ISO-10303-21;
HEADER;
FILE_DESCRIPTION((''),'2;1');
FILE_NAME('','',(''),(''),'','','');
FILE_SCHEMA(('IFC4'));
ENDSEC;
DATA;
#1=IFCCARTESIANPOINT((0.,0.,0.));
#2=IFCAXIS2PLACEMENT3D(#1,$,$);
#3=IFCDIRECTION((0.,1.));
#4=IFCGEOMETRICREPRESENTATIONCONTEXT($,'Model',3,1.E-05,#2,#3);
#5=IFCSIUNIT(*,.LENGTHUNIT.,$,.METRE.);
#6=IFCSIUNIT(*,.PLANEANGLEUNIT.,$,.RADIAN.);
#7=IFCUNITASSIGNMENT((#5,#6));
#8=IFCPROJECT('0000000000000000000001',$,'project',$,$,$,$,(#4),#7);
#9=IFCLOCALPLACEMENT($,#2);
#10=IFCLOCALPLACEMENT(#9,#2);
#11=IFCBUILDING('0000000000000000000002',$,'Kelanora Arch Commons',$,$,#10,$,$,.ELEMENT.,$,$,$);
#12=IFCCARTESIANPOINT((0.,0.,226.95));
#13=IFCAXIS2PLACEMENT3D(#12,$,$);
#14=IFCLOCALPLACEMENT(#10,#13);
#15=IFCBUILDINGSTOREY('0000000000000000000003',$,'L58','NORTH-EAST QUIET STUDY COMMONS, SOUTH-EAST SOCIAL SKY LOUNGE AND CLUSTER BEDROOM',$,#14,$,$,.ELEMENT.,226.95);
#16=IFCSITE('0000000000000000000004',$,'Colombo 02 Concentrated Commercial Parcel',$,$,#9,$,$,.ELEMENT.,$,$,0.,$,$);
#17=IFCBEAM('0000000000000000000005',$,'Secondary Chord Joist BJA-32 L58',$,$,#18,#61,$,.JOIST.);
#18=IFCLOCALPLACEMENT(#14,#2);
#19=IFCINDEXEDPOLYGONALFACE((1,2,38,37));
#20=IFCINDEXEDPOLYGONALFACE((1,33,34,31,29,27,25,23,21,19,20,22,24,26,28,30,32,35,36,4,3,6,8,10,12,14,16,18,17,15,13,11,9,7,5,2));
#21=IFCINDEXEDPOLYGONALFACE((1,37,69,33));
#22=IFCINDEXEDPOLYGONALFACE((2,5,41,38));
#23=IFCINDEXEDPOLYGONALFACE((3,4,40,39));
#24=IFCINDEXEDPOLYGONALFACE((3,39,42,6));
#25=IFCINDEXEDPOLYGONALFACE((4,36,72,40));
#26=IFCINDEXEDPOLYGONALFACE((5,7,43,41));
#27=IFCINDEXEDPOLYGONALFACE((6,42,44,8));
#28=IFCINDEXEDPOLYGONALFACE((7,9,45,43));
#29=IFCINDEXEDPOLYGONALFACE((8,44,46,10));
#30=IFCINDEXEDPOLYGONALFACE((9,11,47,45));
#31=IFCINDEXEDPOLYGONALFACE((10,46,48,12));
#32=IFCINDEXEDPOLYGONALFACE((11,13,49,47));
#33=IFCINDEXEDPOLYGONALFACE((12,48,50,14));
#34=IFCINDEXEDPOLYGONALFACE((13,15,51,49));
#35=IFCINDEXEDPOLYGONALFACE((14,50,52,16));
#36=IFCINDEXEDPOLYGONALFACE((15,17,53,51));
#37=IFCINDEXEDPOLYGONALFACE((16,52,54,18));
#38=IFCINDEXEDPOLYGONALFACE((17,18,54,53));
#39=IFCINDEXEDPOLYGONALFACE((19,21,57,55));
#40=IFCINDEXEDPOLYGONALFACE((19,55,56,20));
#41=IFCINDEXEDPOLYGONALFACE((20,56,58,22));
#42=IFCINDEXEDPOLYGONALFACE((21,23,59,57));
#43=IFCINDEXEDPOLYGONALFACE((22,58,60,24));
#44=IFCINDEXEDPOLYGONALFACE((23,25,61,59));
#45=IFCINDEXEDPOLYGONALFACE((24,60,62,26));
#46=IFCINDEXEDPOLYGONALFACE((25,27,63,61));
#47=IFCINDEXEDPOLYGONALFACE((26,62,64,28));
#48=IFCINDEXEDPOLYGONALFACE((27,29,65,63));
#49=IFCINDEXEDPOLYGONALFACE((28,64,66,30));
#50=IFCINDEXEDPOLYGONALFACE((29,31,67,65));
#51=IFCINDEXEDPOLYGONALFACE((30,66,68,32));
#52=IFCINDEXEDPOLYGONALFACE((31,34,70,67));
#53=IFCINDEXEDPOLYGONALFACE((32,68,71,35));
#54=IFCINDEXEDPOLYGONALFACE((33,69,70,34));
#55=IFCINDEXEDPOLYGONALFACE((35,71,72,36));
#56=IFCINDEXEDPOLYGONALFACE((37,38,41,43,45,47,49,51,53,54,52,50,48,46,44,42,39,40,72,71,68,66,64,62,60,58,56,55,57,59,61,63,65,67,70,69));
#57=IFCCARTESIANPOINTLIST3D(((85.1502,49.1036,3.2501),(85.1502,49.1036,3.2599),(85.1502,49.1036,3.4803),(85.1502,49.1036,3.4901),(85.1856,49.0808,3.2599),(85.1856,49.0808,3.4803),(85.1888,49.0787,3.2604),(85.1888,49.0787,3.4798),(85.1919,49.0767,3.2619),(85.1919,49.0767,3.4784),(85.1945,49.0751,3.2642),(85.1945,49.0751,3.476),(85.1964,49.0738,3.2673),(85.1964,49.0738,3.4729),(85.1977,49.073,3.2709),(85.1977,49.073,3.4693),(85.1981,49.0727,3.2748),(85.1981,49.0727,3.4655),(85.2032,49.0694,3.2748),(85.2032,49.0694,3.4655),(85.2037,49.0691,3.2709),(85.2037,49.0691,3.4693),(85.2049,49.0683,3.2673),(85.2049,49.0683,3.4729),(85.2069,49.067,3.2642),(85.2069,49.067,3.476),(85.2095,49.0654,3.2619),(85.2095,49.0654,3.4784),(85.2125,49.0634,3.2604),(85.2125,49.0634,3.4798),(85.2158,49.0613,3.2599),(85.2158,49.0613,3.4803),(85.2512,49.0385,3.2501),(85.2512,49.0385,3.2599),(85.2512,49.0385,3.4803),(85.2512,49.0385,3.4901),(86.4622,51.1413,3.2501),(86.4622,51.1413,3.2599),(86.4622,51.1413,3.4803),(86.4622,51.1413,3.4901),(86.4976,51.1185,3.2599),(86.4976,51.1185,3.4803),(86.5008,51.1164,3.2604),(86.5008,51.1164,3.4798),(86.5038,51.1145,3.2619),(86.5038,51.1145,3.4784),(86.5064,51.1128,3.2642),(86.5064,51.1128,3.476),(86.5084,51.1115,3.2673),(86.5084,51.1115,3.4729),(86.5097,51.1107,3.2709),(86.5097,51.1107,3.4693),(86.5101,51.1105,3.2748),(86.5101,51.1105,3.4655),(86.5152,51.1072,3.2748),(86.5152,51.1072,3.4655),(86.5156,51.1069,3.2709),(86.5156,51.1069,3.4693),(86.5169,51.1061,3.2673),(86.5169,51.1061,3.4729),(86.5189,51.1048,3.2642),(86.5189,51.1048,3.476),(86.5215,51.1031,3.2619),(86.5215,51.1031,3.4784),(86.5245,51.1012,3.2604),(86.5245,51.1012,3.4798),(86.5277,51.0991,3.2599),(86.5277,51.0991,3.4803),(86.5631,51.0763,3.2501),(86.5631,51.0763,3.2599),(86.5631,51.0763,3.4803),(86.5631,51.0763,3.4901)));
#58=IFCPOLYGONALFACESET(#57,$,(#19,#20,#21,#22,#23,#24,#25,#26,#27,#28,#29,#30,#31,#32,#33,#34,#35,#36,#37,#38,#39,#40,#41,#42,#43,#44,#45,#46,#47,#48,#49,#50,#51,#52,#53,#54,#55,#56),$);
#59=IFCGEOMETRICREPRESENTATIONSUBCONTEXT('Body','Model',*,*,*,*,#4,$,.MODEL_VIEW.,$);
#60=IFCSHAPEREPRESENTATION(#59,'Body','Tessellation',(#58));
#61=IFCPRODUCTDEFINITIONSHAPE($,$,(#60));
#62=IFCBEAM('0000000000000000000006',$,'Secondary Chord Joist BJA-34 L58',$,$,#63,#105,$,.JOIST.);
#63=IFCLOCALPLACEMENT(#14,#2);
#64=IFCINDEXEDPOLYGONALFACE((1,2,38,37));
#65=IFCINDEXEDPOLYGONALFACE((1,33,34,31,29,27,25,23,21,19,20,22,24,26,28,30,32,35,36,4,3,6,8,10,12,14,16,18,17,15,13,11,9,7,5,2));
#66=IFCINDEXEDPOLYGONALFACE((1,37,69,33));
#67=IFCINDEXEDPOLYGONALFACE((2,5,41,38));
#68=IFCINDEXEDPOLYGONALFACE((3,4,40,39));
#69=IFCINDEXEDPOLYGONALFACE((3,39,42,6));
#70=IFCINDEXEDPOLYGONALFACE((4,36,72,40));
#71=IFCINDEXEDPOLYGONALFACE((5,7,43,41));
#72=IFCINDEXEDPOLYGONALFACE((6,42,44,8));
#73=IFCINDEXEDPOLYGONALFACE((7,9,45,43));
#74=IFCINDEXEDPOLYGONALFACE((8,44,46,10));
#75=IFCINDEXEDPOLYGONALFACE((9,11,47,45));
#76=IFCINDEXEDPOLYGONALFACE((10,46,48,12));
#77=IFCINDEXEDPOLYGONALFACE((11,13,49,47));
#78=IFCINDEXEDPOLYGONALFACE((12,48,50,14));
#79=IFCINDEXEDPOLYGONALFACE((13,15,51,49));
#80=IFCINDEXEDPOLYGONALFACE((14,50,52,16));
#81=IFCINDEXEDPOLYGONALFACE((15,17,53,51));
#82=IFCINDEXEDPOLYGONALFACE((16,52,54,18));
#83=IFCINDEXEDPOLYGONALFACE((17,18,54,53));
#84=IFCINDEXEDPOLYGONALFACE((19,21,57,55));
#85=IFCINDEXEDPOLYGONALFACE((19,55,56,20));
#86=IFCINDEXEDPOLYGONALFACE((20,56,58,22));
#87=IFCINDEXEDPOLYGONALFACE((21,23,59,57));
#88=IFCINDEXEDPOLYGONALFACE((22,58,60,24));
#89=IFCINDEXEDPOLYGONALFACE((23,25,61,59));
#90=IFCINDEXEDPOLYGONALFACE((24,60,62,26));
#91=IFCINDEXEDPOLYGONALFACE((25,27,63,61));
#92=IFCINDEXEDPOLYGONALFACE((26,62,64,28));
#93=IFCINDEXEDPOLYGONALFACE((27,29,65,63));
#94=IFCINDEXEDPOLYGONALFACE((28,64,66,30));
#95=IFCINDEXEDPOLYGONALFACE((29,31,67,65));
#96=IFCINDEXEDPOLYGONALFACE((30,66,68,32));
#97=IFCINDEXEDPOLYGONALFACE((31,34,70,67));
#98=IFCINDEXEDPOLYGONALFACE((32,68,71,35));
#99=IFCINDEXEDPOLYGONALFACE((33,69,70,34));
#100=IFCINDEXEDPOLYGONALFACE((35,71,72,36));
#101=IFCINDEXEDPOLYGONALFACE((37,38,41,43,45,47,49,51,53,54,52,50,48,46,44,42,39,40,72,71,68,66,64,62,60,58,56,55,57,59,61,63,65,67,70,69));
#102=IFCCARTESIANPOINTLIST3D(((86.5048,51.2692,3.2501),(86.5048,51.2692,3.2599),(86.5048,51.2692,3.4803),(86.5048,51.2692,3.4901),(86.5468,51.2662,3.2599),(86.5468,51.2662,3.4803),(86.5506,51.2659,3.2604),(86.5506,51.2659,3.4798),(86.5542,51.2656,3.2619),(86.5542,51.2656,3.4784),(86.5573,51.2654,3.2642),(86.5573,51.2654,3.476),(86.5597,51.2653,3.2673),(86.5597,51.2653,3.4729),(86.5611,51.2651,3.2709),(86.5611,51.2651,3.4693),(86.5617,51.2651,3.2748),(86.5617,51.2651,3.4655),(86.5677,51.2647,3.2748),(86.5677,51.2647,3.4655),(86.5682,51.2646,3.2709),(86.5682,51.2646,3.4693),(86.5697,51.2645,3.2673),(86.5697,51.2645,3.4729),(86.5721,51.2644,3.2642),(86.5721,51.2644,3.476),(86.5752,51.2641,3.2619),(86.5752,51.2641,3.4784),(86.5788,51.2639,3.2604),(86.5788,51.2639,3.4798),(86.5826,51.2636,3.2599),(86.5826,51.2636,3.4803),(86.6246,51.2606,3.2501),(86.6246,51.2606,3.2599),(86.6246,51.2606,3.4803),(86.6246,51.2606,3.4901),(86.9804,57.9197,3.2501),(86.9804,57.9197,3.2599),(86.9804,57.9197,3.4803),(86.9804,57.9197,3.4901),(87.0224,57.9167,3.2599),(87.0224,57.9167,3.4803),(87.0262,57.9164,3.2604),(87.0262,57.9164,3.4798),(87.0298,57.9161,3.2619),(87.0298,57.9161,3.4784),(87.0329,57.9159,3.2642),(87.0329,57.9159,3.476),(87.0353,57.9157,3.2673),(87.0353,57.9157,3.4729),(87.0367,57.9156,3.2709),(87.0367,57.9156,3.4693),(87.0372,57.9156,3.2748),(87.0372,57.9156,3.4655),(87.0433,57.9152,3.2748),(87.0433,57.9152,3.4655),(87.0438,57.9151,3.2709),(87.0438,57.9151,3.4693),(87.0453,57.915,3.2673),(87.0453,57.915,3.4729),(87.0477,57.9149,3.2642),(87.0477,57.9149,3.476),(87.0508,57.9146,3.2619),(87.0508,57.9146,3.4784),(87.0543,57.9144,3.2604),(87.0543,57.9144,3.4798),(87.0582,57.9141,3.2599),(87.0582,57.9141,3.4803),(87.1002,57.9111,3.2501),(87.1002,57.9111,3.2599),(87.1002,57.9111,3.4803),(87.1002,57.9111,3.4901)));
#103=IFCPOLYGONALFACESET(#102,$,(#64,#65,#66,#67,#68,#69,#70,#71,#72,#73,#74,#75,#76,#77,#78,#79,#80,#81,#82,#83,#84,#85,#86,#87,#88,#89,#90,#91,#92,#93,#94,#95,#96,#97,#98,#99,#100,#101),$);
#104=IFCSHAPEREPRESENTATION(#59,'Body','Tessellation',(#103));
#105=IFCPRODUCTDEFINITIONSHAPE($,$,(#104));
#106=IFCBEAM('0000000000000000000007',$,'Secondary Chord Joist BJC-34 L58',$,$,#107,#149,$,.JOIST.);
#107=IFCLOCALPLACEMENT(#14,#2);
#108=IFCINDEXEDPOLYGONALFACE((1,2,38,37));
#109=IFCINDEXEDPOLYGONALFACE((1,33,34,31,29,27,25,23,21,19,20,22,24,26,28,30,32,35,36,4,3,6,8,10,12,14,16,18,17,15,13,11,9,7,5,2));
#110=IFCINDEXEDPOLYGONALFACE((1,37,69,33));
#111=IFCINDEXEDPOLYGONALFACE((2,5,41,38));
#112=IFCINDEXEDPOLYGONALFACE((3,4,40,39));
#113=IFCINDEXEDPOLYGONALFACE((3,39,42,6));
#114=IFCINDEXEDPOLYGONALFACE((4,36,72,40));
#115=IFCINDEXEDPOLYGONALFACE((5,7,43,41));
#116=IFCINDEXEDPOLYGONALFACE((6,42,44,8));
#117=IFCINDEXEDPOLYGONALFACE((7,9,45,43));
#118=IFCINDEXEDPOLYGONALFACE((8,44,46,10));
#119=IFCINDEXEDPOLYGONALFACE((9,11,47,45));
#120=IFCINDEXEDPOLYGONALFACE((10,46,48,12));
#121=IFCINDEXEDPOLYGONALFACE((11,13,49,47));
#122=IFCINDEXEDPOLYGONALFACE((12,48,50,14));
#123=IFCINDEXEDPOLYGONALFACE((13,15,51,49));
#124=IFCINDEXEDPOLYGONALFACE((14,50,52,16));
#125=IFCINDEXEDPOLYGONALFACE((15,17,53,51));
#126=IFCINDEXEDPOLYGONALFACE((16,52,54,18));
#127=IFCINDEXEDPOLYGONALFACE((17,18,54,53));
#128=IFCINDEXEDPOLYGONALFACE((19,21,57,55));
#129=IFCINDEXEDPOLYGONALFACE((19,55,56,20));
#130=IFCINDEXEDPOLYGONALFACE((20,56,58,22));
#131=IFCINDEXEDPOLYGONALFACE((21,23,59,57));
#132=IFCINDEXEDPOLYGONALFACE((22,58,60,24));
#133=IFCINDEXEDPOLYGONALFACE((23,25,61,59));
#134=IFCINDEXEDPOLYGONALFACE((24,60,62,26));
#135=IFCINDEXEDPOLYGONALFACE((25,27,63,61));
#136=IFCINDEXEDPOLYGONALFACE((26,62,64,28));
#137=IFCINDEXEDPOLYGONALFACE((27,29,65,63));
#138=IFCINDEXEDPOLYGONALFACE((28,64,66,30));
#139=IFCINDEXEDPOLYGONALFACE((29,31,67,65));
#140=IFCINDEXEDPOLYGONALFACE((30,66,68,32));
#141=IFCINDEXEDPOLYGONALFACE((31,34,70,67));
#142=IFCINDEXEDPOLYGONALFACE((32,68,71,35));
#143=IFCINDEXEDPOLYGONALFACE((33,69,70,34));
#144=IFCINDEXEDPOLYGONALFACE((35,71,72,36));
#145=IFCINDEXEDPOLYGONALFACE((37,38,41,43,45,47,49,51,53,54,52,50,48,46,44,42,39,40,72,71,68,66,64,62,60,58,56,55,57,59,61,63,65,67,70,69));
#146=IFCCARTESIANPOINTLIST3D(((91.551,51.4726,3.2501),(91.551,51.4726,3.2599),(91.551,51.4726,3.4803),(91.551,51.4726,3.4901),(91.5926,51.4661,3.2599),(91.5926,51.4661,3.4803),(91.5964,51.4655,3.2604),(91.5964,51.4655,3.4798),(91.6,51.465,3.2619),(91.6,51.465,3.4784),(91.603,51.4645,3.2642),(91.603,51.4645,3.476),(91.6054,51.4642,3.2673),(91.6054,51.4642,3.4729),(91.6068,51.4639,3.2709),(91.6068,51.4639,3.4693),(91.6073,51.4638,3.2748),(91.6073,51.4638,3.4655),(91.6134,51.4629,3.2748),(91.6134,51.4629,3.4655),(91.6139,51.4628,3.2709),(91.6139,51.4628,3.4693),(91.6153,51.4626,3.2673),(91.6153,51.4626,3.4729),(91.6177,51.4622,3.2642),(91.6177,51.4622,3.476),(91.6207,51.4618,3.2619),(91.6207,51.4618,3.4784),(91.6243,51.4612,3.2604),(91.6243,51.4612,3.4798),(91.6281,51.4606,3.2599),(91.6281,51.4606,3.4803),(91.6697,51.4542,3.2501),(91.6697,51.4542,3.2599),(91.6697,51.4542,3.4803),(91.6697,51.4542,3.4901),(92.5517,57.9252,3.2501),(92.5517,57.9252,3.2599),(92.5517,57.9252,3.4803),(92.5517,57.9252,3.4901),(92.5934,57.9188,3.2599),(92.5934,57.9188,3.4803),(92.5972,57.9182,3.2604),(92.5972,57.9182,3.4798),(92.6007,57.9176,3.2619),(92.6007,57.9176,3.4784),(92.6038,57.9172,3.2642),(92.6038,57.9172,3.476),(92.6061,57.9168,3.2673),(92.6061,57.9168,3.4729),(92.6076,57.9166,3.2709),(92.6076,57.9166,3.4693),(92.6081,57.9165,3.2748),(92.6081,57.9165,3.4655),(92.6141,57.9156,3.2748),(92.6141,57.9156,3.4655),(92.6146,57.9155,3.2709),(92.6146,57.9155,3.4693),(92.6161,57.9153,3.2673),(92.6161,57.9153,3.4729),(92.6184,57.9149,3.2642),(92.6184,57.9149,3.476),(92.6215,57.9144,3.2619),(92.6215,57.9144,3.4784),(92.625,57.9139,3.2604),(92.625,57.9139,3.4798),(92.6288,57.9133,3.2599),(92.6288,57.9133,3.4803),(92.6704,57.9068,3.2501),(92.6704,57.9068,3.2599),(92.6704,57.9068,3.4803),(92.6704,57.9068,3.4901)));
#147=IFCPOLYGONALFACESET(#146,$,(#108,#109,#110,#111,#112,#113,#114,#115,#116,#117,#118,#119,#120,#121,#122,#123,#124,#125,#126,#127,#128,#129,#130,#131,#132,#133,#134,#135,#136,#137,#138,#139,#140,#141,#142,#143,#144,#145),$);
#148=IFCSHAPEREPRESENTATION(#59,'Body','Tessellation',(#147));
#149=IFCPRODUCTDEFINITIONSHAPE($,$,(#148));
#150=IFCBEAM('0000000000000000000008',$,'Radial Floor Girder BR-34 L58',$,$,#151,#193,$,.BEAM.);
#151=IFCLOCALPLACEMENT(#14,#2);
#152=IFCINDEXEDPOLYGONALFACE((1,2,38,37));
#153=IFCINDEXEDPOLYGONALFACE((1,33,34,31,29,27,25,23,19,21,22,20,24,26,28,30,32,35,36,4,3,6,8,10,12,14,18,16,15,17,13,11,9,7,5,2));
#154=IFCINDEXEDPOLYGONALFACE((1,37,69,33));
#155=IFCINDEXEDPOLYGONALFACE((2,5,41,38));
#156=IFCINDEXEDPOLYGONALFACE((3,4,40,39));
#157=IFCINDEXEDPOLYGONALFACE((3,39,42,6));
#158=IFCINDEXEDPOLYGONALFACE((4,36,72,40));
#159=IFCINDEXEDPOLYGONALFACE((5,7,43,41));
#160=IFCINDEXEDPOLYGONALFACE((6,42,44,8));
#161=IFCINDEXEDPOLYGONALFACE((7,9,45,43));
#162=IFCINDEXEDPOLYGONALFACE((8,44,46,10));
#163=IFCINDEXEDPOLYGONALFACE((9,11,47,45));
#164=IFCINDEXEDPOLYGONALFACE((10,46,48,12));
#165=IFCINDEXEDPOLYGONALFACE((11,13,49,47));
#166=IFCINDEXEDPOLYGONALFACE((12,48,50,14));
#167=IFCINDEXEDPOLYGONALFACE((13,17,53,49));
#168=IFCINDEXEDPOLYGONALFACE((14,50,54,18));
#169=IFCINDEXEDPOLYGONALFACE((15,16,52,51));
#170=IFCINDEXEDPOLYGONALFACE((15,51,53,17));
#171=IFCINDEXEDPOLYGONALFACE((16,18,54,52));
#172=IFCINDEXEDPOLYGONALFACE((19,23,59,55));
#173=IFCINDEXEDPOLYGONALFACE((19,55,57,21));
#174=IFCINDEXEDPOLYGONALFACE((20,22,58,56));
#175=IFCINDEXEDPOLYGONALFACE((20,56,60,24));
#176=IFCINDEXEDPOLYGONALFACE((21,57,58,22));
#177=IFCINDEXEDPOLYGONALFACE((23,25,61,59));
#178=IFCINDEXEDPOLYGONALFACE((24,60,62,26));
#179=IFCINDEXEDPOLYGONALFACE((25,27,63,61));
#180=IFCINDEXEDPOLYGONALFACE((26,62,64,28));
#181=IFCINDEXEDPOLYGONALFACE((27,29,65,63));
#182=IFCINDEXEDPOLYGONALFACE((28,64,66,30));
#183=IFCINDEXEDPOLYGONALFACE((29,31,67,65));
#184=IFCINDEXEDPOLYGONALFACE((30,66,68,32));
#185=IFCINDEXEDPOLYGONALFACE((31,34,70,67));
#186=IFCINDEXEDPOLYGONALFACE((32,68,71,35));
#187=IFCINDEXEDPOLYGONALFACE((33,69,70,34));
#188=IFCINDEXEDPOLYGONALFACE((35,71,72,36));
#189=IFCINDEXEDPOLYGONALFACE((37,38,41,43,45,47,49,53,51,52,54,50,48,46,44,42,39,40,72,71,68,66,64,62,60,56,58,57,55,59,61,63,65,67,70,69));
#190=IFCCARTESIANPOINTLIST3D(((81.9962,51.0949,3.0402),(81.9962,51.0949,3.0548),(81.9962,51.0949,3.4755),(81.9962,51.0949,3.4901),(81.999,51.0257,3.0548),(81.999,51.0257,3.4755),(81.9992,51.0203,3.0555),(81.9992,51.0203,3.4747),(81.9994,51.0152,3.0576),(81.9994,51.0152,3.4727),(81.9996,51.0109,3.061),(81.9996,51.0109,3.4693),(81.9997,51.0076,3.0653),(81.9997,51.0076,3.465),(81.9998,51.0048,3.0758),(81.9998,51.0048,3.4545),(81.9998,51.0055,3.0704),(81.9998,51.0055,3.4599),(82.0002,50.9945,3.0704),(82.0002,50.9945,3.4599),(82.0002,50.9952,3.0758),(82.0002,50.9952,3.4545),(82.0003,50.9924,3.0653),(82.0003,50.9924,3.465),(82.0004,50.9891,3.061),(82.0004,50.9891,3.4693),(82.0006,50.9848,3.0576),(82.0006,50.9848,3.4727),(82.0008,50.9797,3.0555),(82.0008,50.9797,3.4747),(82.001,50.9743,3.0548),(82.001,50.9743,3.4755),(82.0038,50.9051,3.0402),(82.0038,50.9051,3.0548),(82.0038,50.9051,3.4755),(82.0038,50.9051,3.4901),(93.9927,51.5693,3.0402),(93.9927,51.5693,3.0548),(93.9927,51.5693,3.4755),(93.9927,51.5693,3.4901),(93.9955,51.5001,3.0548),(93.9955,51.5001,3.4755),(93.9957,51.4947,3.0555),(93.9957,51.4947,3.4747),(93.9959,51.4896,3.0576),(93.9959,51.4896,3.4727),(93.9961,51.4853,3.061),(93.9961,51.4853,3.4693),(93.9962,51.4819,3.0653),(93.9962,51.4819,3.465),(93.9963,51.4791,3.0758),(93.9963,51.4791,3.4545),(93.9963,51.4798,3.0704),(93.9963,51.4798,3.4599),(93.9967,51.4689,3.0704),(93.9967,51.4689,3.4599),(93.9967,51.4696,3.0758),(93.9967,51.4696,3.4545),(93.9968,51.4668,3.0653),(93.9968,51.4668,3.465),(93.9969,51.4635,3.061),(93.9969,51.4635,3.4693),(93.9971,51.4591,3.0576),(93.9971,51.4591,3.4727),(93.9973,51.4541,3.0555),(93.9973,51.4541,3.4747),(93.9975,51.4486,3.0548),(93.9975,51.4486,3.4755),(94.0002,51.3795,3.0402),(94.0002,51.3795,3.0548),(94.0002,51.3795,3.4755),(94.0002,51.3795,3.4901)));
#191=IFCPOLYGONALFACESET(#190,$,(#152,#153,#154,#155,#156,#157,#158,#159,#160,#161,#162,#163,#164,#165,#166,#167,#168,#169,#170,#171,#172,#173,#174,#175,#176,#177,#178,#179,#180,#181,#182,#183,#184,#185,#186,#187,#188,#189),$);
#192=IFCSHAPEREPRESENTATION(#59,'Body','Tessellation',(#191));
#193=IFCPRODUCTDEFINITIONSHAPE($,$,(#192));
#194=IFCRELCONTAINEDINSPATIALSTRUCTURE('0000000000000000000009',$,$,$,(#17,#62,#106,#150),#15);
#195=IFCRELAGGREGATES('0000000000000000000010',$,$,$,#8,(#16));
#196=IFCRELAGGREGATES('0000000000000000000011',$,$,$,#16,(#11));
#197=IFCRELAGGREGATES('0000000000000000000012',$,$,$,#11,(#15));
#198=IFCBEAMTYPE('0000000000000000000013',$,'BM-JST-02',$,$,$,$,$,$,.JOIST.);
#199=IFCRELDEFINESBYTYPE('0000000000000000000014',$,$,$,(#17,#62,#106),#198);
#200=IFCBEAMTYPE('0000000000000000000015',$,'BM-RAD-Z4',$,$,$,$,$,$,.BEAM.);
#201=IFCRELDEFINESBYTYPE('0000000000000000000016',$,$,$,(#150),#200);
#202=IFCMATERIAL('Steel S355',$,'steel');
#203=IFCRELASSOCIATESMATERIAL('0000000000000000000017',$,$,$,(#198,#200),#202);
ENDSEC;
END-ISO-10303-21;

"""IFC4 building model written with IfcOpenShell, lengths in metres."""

from ifc_helpers import new_model, si_unit, direction, frame, origin, origin_2d, place, context, subcontext, project, spatial, i_section, extrude, material, material_profile, profile_set, type_object, element, save


model = new_model("IFC4")

# Units and contexts
model_context = context("Model", 3, precision=1e-05, world=origin(), true_north=direction((0.0, 1.0)))
body_context = subcontext(model_context, "Body", "Model", "MODEL_VIEW")
ifc_project = project(units=[si_unit("LENGTHUNIT", "METRE"), si_unit("PLANEANGLEUNIT", "RADIAN")], contexts=[model_context])

# Site, building, storey
site_placement = place(None, origin())
site = spatial("IfcSite", under=ifc_project, at=site_placement, Name="Colombo 02 Concentrated Commercial Parcel", CompositionType="ELEMENT", RefElevation=0.0)
building_placement = place(site_placement, origin())
building = spatial("IfcBuilding", under=site, at=building_placement, Name="Kelanora Arch Commons", CompositionType="ELEMENT")
storey_placement = place(building_placement, frame((0.0, 0.0, 226.95)))
storey = spatial("IfcBuildingStorey", under=building, at=storey_placement, Name="L58", Description="NORTH-EAST QUIET STUDY COMMONS, SOUTH-EAST SOCIAL SKY LOUNGE AND CLUSTER BEDROOM", CompositionType="ELEMENT", Elevation=226.95)

# Beams
ifc_material_1 = material(Name="Steel S355", Category="steel")
ifc_material_profile_1 = material_profile(ifc_material_1, i_section(OverallWidth=0.1201, OverallDepth=0.24, WebThickness=0.0061, FlangeThickness=0.0098, FilletRadius=0.0149, at=origin_2d()), Name="IPE240")
ifc_profile_set_1 = profile_set([ifc_material_profile_1], Name="Steel S355")
beam_type_1 = type_object("IfcBeamType", Name="BM-JST-02", PredefinedType="JOIST", material=ifc_profile_set_1)
beam_1_placement = place(storey_placement, frame((85.2007, 49.071, 3.3701), z_axis=(0.541333, 0.840808, 0.0), x_axis=(-0.840808, 0.541333, 0.0)))
element("IfcBeam", 1, at=beam_1_placement, inside=storey, type_object=beam_type_1, Name="Secondary Chord Joist BJA-32 L58", PredefinedType="JOIST", context=body_context, shape_type="SweptSolid", body=[
    extrude(i_section(OverallWidth=0.1201, OverallDepth=0.24, WebThickness=0.0061, FlangeThickness=0.0098, FilletRadius=0.0149, at=origin_2d()), origin(), (0.0, 0.0, 1.0), 2.4236),
])
beam_2_placement = place(storey_placement, frame((86.5647, 51.2649, 3.3701), z_axis=(0.07133, 0.997453, 0.0), x_axis=(-0.997453, 0.07133, 0.0)))
element("IfcBeam", 2, at=beam_2_placement, inside=storey, type_object=beam_type_1, Name="Secondary Chord Joist BJA-34 L58", PredefinedType="JOIST", context=body_context, shape_type="SweptSolid", body=[
    extrude(i_section(OverallWidth=0.1201, OverallDepth=0.24, WebThickness=0.0061, FlangeThickness=0.0098, FilletRadius=0.0149, at=origin_2d()), origin(), (0.0, 0.0, 1.0), 6.6675),
])
beam_3_placement = place(storey_placement, frame((91.6104, 51.4634, 3.3701), z_axis=(0.153257, 0.988186, 0.0), x_axis=(-0.988186, 0.153257, 0.0)))
element("IfcBeam", 3, at=beam_3_placement, inside=storey, type_object=beam_type_1, Name="Secondary Chord Joist BJC-34 L58", PredefinedType="JOIST", context=body_context, shape_type="SweptSolid", body=[
    extrude(i_section(OverallWidth=0.1201, OverallDepth=0.24, WebThickness=0.0061, FlangeThickness=0.0098, FilletRadius=0.0149, at=origin_2d()), origin(), (0.0, 0.0, 1.0), 6.5298),
])
ifc_material_profile_2 = material_profile(ifc_material_1, i_section(OverallWidth=0.1899, OverallDepth=0.45, WebThickness=0.0095, FlangeThickness=0.0146, FilletRadius=0.021, at=origin_2d()), Name="IPE450")
ifc_profile_set_2 = profile_set([ifc_material_profile_2], Name="Steel S355")
beam_type_2 = type_object("IfcBeamType", Name="BM-RAD-Z4", PredefinedType="BEAM", material=ifc_profile_set_2)
beam_4_placement = place(storey_placement, frame((82.0, 51.0, 3.2651), z_axis=(0.999219, 0.039511, 0.0), x_axis=(-0.039511, 0.999219, 0.0)))
element("IfcBeam", 4, at=beam_4_placement, inside=storey, type_object=beam_type_2, Name="Radial Floor Girder BR-34 L58", PredefinedType="BEAM", context=body_context, shape_type="SweptSolid", body=[
    extrude(i_section(OverallWidth=0.1899, OverallDepth=0.45, WebThickness=0.0095, FlangeThickness=0.0146, FilletRadius=0.021, at=origin_2d()), origin(), (0.0, 0.0, 1.0), 12.0059),
])

save(model, "model.ifc")
